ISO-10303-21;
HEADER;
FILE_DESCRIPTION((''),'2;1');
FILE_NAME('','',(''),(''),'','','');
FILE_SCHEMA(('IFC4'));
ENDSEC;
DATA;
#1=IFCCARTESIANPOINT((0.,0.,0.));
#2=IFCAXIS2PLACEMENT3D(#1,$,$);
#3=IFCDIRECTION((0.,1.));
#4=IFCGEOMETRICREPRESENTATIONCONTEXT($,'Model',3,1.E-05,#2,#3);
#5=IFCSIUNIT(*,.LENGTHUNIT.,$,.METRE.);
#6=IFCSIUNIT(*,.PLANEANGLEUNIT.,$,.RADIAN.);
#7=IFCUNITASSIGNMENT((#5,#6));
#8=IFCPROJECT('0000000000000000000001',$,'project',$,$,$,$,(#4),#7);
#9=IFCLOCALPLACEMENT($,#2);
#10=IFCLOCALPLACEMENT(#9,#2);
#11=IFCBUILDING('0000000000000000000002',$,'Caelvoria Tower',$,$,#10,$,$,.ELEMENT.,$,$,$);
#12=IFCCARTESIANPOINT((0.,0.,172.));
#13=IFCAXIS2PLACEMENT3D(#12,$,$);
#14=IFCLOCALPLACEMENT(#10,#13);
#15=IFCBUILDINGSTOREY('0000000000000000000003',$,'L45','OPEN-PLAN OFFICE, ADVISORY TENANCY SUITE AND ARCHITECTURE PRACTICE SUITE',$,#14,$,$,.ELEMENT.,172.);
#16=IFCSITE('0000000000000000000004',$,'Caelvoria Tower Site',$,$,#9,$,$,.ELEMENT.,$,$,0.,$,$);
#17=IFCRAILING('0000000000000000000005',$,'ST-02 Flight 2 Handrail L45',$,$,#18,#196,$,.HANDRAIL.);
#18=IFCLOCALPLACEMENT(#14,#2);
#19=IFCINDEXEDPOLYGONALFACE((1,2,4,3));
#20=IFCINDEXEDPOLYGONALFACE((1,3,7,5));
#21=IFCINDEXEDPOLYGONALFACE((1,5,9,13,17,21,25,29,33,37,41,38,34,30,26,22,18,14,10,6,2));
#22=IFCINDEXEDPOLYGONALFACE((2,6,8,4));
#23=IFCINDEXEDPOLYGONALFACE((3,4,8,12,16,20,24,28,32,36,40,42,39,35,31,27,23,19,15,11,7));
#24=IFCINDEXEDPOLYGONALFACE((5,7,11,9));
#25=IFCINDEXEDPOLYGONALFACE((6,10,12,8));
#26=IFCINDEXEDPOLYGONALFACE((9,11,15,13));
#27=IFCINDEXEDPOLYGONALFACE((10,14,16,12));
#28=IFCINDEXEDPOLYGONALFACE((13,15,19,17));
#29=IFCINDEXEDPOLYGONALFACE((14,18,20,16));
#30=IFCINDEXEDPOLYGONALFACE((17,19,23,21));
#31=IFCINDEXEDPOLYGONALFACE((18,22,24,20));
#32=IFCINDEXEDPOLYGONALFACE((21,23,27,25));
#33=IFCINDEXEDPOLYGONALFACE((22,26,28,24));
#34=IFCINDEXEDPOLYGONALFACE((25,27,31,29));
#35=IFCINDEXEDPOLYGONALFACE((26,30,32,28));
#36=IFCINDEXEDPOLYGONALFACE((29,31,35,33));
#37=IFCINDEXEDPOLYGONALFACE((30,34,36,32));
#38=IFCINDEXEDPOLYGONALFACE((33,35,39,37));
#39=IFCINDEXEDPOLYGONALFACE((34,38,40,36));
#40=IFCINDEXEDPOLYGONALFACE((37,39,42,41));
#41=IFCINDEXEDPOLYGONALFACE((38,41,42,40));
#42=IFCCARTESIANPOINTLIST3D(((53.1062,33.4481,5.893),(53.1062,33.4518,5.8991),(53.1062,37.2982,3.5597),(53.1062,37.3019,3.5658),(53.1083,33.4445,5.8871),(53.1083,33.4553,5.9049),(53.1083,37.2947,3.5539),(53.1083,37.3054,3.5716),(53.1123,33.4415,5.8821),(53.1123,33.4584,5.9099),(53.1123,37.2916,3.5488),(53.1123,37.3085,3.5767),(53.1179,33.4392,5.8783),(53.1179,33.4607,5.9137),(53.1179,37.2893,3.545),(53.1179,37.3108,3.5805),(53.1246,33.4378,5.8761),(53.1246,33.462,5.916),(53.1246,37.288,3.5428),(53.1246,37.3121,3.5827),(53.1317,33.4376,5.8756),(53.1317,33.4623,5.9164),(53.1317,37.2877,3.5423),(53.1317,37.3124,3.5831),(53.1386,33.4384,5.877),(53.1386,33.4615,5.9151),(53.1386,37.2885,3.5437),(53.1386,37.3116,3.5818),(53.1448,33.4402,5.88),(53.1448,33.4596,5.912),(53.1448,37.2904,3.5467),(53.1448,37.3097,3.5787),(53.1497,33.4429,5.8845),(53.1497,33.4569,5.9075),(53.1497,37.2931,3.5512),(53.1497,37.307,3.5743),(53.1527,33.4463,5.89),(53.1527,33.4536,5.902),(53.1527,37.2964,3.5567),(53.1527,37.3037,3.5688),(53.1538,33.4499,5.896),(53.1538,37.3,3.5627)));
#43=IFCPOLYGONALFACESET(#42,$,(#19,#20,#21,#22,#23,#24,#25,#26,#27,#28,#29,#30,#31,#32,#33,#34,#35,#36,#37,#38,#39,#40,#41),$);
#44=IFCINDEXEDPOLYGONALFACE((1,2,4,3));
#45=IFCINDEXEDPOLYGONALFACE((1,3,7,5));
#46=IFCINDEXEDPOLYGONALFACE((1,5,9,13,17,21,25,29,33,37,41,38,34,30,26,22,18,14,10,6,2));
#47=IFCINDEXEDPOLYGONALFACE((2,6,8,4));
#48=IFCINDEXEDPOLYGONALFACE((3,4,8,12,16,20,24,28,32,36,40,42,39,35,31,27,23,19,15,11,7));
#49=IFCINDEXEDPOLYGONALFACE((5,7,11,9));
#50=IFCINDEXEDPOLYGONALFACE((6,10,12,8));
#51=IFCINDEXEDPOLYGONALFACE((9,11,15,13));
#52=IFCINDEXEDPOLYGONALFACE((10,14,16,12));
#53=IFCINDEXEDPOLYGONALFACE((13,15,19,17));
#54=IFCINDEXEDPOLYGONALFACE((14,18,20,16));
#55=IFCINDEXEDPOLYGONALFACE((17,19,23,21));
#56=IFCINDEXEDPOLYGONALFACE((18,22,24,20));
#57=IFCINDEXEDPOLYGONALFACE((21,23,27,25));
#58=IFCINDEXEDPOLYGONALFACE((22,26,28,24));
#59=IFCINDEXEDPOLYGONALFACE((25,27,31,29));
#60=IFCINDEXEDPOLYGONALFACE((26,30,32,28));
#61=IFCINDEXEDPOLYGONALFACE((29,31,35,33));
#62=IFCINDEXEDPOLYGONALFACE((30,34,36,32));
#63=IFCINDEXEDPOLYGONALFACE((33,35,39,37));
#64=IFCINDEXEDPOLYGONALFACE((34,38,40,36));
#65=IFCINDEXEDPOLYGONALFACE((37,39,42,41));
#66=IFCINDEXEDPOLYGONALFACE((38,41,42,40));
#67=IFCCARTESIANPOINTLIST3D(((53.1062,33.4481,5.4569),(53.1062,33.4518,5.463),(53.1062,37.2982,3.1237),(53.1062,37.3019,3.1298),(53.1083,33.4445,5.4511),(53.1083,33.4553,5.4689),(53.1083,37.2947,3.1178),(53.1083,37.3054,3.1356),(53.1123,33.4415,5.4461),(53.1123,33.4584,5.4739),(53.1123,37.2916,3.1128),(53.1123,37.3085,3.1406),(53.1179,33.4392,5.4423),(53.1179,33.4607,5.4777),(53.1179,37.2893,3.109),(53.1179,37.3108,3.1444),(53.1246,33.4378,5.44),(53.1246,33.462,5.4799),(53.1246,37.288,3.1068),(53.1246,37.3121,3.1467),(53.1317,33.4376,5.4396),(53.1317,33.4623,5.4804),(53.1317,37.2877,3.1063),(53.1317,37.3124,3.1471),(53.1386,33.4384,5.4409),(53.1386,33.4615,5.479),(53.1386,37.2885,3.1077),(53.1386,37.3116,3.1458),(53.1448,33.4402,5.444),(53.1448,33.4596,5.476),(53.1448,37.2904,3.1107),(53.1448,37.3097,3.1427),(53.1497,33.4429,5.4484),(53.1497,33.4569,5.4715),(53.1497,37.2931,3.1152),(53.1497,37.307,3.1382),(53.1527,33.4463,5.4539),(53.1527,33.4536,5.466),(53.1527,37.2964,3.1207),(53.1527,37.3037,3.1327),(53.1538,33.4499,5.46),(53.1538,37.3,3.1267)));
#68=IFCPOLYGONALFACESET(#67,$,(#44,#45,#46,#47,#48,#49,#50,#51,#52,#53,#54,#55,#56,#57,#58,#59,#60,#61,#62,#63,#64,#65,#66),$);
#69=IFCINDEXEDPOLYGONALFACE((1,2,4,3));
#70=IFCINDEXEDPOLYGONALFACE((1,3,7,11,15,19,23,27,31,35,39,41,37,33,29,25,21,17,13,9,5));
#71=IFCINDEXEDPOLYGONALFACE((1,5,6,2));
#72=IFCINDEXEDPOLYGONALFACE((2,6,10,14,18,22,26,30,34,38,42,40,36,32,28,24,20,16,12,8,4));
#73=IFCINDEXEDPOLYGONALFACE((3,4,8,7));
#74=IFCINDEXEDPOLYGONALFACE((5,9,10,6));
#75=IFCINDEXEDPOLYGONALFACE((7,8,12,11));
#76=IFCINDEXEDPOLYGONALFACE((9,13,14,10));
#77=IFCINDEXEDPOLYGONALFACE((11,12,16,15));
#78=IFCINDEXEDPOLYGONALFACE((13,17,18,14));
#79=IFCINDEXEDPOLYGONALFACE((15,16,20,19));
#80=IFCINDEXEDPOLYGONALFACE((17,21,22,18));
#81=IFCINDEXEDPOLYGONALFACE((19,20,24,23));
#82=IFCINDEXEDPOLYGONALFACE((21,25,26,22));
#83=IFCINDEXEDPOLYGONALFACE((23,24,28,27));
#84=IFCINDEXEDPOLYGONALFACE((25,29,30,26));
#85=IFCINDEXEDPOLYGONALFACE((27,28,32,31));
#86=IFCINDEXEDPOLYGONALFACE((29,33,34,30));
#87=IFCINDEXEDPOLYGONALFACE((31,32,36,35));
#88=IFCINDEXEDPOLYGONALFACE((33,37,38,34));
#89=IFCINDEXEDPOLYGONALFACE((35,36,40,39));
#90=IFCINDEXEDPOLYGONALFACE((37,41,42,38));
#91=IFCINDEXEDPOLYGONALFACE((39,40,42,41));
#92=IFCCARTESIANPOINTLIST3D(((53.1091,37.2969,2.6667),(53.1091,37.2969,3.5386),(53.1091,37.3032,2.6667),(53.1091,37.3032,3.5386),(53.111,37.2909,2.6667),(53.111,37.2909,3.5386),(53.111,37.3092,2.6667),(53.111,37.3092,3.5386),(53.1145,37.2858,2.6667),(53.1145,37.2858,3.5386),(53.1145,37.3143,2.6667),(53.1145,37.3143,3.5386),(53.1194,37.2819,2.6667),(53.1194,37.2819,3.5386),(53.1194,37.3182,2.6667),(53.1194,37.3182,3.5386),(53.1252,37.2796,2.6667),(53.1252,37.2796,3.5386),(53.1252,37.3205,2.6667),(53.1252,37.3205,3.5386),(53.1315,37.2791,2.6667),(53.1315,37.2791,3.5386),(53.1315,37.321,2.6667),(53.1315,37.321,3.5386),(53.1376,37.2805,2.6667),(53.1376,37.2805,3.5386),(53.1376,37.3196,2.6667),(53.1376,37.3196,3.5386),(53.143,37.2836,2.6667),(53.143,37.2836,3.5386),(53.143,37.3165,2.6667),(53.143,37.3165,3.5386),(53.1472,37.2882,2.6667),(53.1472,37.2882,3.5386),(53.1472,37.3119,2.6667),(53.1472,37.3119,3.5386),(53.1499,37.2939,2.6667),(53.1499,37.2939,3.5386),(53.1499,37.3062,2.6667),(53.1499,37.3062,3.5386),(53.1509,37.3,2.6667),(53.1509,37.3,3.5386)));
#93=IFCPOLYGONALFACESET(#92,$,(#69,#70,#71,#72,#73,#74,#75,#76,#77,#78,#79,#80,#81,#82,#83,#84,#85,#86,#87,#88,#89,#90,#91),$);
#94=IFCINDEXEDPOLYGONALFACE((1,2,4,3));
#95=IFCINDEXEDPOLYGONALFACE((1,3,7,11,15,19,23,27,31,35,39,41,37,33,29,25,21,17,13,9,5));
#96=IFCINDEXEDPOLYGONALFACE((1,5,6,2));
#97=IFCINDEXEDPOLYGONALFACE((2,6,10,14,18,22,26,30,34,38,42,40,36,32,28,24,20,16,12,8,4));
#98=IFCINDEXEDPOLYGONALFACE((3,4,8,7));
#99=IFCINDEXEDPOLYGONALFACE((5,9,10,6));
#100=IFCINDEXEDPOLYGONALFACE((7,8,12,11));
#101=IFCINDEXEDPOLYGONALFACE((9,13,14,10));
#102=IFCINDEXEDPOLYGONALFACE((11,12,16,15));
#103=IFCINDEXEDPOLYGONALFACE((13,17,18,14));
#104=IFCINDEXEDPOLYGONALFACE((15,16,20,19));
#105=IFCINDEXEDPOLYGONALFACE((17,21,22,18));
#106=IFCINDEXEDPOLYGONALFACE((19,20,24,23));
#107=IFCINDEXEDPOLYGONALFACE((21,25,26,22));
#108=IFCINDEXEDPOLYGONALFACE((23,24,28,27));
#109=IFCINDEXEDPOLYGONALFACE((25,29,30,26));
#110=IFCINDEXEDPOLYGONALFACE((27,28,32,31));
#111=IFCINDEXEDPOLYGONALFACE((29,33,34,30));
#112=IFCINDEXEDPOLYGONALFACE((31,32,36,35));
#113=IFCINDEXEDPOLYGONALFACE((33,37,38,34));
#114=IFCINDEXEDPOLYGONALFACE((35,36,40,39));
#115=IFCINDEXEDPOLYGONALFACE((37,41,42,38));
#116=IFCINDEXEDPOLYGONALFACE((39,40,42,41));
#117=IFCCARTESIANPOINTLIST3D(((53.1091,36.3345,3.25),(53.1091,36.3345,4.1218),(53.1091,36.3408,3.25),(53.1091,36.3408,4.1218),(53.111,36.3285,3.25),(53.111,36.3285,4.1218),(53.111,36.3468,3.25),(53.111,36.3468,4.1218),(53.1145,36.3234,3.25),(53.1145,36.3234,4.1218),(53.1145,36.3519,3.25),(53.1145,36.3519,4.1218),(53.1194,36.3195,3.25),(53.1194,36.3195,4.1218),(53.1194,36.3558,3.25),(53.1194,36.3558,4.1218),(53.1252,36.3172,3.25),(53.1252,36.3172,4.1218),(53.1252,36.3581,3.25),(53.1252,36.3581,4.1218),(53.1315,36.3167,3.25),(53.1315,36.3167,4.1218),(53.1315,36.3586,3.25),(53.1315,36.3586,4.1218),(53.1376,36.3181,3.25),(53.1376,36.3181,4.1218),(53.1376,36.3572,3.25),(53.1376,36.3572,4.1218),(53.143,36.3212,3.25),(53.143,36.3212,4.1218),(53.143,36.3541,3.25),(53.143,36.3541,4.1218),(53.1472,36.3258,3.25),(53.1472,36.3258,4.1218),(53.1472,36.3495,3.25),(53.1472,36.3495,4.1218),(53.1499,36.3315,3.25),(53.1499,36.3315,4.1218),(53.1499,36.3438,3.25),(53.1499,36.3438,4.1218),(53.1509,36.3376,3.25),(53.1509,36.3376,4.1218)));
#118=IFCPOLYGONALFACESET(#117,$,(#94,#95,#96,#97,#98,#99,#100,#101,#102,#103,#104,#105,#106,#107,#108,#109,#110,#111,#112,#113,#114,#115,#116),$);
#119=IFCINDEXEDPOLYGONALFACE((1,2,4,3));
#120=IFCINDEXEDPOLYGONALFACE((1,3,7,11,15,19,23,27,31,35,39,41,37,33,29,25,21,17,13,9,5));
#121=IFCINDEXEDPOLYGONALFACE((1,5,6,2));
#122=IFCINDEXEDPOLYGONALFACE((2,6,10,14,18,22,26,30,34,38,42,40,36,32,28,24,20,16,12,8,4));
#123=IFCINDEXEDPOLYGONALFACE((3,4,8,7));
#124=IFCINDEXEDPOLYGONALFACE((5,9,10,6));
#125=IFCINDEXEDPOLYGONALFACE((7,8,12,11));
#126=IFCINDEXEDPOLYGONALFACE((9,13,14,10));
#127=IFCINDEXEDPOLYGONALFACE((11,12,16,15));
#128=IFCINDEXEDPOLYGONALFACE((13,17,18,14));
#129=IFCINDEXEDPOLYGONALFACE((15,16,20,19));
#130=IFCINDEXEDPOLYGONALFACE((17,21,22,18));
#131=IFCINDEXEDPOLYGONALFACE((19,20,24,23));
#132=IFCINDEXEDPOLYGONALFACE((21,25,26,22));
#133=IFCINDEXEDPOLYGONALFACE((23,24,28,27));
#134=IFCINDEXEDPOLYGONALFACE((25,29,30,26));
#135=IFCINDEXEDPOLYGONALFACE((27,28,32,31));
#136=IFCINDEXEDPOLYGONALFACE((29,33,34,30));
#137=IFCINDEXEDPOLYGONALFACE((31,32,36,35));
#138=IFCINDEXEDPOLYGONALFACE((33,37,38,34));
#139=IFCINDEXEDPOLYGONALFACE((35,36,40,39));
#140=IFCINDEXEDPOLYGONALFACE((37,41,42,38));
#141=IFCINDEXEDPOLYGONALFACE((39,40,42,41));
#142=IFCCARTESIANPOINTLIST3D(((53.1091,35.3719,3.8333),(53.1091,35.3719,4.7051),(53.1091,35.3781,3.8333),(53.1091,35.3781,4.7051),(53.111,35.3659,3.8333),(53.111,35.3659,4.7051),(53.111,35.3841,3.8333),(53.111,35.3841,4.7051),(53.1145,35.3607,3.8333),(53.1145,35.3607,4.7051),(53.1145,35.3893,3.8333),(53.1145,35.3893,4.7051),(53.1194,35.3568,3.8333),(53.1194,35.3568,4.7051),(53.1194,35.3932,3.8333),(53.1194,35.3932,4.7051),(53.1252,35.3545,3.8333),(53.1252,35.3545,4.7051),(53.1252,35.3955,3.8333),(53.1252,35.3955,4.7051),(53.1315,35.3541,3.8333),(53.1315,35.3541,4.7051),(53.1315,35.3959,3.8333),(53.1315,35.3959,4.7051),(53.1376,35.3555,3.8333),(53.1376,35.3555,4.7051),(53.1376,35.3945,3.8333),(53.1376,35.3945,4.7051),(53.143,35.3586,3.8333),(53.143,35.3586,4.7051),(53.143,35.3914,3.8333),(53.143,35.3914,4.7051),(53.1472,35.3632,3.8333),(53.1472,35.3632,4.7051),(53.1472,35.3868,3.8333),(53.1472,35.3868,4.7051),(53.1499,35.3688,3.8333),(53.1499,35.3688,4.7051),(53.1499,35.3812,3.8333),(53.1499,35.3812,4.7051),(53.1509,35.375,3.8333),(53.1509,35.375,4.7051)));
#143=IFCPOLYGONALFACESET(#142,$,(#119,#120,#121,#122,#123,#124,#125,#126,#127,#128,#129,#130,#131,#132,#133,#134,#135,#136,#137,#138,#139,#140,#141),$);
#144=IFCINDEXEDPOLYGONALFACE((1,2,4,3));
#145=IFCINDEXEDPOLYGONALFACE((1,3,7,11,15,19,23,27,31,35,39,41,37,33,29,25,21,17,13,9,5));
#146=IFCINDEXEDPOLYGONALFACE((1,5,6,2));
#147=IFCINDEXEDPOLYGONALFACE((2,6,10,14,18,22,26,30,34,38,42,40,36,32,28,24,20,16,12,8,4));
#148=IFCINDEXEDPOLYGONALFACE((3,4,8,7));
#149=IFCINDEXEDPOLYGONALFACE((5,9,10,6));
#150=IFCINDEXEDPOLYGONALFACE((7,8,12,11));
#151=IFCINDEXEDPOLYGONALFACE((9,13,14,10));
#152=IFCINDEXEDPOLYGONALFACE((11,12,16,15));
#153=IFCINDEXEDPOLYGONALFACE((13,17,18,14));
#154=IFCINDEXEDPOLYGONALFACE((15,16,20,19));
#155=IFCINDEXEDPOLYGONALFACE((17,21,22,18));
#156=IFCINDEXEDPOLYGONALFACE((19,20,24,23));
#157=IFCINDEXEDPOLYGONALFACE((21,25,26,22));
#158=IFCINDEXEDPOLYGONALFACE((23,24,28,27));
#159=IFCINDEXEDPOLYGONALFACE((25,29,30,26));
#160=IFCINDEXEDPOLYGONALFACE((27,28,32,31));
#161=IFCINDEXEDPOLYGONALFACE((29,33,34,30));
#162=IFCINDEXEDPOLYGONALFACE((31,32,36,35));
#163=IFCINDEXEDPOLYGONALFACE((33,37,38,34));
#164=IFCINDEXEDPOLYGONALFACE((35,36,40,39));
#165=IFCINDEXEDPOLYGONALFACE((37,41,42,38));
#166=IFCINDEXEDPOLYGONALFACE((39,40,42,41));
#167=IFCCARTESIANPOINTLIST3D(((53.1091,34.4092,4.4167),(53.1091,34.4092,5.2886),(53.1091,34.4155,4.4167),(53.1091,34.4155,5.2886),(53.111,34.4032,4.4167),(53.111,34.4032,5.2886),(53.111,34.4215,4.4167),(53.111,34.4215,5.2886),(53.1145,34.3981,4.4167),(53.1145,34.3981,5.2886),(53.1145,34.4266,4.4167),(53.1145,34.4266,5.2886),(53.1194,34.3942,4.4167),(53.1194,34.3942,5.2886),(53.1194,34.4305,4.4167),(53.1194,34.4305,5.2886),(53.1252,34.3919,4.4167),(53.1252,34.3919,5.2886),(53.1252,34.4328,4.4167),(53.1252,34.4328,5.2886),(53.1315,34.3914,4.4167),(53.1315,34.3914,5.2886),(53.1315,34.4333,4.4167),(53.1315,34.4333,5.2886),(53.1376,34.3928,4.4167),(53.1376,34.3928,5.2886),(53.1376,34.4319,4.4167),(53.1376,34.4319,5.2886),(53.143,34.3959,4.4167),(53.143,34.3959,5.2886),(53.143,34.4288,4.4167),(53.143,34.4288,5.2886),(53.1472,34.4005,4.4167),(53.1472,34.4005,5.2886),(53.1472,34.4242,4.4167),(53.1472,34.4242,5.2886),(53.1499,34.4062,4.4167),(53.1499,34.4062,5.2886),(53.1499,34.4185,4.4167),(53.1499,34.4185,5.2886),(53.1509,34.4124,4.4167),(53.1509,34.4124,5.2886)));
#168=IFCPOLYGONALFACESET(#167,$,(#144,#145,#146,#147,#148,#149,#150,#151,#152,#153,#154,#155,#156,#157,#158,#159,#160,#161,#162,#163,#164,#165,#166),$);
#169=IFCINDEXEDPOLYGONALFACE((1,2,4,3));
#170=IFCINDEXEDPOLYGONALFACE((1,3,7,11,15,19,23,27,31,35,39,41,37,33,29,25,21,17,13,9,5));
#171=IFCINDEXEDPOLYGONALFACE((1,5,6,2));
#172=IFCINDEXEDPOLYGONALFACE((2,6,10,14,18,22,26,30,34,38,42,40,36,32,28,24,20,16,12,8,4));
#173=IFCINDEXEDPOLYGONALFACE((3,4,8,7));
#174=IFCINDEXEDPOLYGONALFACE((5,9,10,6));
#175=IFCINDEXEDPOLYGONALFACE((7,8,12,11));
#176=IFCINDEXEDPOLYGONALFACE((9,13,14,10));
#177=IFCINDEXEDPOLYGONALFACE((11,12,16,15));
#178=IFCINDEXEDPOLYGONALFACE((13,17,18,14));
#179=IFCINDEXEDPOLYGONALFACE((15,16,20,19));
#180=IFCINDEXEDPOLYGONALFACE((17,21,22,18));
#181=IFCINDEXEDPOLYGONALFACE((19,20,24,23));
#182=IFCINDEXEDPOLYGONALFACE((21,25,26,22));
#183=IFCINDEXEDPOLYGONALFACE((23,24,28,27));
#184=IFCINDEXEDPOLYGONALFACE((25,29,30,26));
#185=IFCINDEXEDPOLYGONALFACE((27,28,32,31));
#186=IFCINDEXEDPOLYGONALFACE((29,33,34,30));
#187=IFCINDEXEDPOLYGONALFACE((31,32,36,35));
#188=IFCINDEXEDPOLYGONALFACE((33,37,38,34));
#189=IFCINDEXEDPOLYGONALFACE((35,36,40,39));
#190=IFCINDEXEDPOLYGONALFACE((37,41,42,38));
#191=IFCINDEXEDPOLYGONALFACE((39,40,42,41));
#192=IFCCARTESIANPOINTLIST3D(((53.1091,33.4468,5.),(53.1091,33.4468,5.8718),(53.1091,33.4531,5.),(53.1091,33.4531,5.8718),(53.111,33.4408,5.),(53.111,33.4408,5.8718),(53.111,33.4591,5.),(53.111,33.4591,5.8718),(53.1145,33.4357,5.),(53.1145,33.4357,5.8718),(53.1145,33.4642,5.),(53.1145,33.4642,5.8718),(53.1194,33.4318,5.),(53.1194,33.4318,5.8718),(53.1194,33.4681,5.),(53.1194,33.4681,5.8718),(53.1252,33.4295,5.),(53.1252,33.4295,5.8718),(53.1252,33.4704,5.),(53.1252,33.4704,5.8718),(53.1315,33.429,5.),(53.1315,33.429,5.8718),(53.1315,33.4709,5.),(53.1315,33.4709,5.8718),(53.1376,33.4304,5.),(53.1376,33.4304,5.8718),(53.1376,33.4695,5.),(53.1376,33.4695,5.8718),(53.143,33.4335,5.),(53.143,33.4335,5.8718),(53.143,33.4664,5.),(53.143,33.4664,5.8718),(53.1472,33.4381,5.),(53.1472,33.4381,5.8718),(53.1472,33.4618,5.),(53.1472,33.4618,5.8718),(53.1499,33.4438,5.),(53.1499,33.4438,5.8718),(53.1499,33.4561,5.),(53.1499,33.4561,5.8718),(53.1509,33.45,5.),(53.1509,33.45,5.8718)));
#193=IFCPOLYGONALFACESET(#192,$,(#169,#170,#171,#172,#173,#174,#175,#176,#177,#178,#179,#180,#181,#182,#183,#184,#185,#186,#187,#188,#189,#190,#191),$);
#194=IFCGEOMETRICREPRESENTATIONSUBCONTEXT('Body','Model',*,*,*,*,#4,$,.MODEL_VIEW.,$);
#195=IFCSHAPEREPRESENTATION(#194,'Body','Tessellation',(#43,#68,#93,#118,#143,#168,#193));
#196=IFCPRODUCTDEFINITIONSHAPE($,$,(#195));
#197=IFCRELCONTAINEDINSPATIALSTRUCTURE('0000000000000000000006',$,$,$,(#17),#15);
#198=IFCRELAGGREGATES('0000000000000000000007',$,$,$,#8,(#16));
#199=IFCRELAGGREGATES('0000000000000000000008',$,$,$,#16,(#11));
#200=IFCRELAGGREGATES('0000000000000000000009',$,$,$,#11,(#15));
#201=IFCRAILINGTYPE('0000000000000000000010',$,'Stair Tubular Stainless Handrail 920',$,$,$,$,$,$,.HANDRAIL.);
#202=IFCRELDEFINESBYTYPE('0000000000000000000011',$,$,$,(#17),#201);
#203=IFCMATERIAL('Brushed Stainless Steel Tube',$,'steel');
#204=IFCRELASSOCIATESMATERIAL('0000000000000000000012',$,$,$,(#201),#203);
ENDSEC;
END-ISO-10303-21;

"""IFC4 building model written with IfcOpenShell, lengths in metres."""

from ifc_helpers import new_model, si_unit, direction, frame, origin, origin_2d, place, context, subcontext, project, spatial, circle, extrude, material, type_object, element, save


model = new_model("IFC4")

# Units and contexts
model_context = context("Model", 3, precision=1e-05, world=origin(), true_north=direction((0.0, 1.0)))
body_context = subcontext(model_context, "Body", "Model", "MODEL_VIEW")
ifc_project = project(units=[si_unit("LENGTHUNIT", "METRE"), si_unit("PLANEANGLEUNIT", "RADIAN")], contexts=[model_context])

# Site, building, storey
site_placement = place(None, origin())
site = spatial("IfcSite", under=ifc_project, at=site_placement, Name="Caelvoria Tower Site", CompositionType="ELEMENT", RefElevation=0.0)
building_placement = place(site_placement, origin())
building = spatial("IfcBuilding", under=site, at=building_placement, Name="Caelvoria Tower", CompositionType="ELEMENT")
storey_placement = place(building_placement, frame((0.0, 0.0, 172.0)))
storey = spatial("IfcBuildingStorey", under=building, at=storey_placement, Name="L45", Description="OPEN-PLAN OFFICE, ADVISORY TENANCY SUITE AND ARCHITECTURE PRACTICE SUITE", CompositionType="ELEMENT", Elevation=172.0)

# Railing
ifc_material_1 = material(Name="Brushed Stainless Steel Tube", Category="steel")
railing_type_1 = type_object("IfcRailingType", Name="Stair Tubular Stainless Handrail 920", PredefinedType="HANDRAIL", material=ifc_material_1)
railing_1_placement = place(storey_placement, frame((53.1299, 37.3, 2.6667)))
element("IfcRailing", 1, at=railing_1_placement, inside=storey, type_object=railing_type_1, Name="ST-02 Flight 2 Handrail L45", PredefinedType="HANDRAIL", context=body_context, shape_type="SweptSolid", body=[
    extrude(circle(Radius=0.0239, at=origin_2d()), frame((0.0, 0.0, 0.896), z_axis=(0.0, -0.855212, 0.518279), x_axis=(1.0, 0.0, 0.0)), (0.0, 0.0, 1.0), 4.502),
    extrude(circle(Radius=0.0239, at=origin_2d()), frame((0.0, 0.0, 0.46), z_axis=(0.0, -0.855212, 0.518279), x_axis=(1.0, 0.0, 0.0)), (0.0, 0.0, 1.0), 4.502),
    extrude(circle(Radius=0.021, at=origin_2d()), origin(), (0.0, 0.0, 1.0), 0.8718),
    extrude(circle(Radius=0.021, at=origin_2d()), frame((0.0, -0.9624, 0.5833)), (0.0, 0.0, 1.0), 0.8718),
    extrude(circle(Radius=0.021, at=origin_2d()), frame((0.0, -1.925, 1.1665)), (0.0, 0.0, 1.0), 0.8718),
    extrude(circle(Radius=0.021, at=origin_2d()), frame((0.0, -2.8877, 1.75)), (0.0, 0.0, 1.0), 0.8718),
    extrude(circle(Radius=0.021, at=origin_2d()), frame((0.0, -3.8501, 2.3333)), (0.0, 0.0, 1.0), 0.8718),
])

save(model, "model.ifc")
